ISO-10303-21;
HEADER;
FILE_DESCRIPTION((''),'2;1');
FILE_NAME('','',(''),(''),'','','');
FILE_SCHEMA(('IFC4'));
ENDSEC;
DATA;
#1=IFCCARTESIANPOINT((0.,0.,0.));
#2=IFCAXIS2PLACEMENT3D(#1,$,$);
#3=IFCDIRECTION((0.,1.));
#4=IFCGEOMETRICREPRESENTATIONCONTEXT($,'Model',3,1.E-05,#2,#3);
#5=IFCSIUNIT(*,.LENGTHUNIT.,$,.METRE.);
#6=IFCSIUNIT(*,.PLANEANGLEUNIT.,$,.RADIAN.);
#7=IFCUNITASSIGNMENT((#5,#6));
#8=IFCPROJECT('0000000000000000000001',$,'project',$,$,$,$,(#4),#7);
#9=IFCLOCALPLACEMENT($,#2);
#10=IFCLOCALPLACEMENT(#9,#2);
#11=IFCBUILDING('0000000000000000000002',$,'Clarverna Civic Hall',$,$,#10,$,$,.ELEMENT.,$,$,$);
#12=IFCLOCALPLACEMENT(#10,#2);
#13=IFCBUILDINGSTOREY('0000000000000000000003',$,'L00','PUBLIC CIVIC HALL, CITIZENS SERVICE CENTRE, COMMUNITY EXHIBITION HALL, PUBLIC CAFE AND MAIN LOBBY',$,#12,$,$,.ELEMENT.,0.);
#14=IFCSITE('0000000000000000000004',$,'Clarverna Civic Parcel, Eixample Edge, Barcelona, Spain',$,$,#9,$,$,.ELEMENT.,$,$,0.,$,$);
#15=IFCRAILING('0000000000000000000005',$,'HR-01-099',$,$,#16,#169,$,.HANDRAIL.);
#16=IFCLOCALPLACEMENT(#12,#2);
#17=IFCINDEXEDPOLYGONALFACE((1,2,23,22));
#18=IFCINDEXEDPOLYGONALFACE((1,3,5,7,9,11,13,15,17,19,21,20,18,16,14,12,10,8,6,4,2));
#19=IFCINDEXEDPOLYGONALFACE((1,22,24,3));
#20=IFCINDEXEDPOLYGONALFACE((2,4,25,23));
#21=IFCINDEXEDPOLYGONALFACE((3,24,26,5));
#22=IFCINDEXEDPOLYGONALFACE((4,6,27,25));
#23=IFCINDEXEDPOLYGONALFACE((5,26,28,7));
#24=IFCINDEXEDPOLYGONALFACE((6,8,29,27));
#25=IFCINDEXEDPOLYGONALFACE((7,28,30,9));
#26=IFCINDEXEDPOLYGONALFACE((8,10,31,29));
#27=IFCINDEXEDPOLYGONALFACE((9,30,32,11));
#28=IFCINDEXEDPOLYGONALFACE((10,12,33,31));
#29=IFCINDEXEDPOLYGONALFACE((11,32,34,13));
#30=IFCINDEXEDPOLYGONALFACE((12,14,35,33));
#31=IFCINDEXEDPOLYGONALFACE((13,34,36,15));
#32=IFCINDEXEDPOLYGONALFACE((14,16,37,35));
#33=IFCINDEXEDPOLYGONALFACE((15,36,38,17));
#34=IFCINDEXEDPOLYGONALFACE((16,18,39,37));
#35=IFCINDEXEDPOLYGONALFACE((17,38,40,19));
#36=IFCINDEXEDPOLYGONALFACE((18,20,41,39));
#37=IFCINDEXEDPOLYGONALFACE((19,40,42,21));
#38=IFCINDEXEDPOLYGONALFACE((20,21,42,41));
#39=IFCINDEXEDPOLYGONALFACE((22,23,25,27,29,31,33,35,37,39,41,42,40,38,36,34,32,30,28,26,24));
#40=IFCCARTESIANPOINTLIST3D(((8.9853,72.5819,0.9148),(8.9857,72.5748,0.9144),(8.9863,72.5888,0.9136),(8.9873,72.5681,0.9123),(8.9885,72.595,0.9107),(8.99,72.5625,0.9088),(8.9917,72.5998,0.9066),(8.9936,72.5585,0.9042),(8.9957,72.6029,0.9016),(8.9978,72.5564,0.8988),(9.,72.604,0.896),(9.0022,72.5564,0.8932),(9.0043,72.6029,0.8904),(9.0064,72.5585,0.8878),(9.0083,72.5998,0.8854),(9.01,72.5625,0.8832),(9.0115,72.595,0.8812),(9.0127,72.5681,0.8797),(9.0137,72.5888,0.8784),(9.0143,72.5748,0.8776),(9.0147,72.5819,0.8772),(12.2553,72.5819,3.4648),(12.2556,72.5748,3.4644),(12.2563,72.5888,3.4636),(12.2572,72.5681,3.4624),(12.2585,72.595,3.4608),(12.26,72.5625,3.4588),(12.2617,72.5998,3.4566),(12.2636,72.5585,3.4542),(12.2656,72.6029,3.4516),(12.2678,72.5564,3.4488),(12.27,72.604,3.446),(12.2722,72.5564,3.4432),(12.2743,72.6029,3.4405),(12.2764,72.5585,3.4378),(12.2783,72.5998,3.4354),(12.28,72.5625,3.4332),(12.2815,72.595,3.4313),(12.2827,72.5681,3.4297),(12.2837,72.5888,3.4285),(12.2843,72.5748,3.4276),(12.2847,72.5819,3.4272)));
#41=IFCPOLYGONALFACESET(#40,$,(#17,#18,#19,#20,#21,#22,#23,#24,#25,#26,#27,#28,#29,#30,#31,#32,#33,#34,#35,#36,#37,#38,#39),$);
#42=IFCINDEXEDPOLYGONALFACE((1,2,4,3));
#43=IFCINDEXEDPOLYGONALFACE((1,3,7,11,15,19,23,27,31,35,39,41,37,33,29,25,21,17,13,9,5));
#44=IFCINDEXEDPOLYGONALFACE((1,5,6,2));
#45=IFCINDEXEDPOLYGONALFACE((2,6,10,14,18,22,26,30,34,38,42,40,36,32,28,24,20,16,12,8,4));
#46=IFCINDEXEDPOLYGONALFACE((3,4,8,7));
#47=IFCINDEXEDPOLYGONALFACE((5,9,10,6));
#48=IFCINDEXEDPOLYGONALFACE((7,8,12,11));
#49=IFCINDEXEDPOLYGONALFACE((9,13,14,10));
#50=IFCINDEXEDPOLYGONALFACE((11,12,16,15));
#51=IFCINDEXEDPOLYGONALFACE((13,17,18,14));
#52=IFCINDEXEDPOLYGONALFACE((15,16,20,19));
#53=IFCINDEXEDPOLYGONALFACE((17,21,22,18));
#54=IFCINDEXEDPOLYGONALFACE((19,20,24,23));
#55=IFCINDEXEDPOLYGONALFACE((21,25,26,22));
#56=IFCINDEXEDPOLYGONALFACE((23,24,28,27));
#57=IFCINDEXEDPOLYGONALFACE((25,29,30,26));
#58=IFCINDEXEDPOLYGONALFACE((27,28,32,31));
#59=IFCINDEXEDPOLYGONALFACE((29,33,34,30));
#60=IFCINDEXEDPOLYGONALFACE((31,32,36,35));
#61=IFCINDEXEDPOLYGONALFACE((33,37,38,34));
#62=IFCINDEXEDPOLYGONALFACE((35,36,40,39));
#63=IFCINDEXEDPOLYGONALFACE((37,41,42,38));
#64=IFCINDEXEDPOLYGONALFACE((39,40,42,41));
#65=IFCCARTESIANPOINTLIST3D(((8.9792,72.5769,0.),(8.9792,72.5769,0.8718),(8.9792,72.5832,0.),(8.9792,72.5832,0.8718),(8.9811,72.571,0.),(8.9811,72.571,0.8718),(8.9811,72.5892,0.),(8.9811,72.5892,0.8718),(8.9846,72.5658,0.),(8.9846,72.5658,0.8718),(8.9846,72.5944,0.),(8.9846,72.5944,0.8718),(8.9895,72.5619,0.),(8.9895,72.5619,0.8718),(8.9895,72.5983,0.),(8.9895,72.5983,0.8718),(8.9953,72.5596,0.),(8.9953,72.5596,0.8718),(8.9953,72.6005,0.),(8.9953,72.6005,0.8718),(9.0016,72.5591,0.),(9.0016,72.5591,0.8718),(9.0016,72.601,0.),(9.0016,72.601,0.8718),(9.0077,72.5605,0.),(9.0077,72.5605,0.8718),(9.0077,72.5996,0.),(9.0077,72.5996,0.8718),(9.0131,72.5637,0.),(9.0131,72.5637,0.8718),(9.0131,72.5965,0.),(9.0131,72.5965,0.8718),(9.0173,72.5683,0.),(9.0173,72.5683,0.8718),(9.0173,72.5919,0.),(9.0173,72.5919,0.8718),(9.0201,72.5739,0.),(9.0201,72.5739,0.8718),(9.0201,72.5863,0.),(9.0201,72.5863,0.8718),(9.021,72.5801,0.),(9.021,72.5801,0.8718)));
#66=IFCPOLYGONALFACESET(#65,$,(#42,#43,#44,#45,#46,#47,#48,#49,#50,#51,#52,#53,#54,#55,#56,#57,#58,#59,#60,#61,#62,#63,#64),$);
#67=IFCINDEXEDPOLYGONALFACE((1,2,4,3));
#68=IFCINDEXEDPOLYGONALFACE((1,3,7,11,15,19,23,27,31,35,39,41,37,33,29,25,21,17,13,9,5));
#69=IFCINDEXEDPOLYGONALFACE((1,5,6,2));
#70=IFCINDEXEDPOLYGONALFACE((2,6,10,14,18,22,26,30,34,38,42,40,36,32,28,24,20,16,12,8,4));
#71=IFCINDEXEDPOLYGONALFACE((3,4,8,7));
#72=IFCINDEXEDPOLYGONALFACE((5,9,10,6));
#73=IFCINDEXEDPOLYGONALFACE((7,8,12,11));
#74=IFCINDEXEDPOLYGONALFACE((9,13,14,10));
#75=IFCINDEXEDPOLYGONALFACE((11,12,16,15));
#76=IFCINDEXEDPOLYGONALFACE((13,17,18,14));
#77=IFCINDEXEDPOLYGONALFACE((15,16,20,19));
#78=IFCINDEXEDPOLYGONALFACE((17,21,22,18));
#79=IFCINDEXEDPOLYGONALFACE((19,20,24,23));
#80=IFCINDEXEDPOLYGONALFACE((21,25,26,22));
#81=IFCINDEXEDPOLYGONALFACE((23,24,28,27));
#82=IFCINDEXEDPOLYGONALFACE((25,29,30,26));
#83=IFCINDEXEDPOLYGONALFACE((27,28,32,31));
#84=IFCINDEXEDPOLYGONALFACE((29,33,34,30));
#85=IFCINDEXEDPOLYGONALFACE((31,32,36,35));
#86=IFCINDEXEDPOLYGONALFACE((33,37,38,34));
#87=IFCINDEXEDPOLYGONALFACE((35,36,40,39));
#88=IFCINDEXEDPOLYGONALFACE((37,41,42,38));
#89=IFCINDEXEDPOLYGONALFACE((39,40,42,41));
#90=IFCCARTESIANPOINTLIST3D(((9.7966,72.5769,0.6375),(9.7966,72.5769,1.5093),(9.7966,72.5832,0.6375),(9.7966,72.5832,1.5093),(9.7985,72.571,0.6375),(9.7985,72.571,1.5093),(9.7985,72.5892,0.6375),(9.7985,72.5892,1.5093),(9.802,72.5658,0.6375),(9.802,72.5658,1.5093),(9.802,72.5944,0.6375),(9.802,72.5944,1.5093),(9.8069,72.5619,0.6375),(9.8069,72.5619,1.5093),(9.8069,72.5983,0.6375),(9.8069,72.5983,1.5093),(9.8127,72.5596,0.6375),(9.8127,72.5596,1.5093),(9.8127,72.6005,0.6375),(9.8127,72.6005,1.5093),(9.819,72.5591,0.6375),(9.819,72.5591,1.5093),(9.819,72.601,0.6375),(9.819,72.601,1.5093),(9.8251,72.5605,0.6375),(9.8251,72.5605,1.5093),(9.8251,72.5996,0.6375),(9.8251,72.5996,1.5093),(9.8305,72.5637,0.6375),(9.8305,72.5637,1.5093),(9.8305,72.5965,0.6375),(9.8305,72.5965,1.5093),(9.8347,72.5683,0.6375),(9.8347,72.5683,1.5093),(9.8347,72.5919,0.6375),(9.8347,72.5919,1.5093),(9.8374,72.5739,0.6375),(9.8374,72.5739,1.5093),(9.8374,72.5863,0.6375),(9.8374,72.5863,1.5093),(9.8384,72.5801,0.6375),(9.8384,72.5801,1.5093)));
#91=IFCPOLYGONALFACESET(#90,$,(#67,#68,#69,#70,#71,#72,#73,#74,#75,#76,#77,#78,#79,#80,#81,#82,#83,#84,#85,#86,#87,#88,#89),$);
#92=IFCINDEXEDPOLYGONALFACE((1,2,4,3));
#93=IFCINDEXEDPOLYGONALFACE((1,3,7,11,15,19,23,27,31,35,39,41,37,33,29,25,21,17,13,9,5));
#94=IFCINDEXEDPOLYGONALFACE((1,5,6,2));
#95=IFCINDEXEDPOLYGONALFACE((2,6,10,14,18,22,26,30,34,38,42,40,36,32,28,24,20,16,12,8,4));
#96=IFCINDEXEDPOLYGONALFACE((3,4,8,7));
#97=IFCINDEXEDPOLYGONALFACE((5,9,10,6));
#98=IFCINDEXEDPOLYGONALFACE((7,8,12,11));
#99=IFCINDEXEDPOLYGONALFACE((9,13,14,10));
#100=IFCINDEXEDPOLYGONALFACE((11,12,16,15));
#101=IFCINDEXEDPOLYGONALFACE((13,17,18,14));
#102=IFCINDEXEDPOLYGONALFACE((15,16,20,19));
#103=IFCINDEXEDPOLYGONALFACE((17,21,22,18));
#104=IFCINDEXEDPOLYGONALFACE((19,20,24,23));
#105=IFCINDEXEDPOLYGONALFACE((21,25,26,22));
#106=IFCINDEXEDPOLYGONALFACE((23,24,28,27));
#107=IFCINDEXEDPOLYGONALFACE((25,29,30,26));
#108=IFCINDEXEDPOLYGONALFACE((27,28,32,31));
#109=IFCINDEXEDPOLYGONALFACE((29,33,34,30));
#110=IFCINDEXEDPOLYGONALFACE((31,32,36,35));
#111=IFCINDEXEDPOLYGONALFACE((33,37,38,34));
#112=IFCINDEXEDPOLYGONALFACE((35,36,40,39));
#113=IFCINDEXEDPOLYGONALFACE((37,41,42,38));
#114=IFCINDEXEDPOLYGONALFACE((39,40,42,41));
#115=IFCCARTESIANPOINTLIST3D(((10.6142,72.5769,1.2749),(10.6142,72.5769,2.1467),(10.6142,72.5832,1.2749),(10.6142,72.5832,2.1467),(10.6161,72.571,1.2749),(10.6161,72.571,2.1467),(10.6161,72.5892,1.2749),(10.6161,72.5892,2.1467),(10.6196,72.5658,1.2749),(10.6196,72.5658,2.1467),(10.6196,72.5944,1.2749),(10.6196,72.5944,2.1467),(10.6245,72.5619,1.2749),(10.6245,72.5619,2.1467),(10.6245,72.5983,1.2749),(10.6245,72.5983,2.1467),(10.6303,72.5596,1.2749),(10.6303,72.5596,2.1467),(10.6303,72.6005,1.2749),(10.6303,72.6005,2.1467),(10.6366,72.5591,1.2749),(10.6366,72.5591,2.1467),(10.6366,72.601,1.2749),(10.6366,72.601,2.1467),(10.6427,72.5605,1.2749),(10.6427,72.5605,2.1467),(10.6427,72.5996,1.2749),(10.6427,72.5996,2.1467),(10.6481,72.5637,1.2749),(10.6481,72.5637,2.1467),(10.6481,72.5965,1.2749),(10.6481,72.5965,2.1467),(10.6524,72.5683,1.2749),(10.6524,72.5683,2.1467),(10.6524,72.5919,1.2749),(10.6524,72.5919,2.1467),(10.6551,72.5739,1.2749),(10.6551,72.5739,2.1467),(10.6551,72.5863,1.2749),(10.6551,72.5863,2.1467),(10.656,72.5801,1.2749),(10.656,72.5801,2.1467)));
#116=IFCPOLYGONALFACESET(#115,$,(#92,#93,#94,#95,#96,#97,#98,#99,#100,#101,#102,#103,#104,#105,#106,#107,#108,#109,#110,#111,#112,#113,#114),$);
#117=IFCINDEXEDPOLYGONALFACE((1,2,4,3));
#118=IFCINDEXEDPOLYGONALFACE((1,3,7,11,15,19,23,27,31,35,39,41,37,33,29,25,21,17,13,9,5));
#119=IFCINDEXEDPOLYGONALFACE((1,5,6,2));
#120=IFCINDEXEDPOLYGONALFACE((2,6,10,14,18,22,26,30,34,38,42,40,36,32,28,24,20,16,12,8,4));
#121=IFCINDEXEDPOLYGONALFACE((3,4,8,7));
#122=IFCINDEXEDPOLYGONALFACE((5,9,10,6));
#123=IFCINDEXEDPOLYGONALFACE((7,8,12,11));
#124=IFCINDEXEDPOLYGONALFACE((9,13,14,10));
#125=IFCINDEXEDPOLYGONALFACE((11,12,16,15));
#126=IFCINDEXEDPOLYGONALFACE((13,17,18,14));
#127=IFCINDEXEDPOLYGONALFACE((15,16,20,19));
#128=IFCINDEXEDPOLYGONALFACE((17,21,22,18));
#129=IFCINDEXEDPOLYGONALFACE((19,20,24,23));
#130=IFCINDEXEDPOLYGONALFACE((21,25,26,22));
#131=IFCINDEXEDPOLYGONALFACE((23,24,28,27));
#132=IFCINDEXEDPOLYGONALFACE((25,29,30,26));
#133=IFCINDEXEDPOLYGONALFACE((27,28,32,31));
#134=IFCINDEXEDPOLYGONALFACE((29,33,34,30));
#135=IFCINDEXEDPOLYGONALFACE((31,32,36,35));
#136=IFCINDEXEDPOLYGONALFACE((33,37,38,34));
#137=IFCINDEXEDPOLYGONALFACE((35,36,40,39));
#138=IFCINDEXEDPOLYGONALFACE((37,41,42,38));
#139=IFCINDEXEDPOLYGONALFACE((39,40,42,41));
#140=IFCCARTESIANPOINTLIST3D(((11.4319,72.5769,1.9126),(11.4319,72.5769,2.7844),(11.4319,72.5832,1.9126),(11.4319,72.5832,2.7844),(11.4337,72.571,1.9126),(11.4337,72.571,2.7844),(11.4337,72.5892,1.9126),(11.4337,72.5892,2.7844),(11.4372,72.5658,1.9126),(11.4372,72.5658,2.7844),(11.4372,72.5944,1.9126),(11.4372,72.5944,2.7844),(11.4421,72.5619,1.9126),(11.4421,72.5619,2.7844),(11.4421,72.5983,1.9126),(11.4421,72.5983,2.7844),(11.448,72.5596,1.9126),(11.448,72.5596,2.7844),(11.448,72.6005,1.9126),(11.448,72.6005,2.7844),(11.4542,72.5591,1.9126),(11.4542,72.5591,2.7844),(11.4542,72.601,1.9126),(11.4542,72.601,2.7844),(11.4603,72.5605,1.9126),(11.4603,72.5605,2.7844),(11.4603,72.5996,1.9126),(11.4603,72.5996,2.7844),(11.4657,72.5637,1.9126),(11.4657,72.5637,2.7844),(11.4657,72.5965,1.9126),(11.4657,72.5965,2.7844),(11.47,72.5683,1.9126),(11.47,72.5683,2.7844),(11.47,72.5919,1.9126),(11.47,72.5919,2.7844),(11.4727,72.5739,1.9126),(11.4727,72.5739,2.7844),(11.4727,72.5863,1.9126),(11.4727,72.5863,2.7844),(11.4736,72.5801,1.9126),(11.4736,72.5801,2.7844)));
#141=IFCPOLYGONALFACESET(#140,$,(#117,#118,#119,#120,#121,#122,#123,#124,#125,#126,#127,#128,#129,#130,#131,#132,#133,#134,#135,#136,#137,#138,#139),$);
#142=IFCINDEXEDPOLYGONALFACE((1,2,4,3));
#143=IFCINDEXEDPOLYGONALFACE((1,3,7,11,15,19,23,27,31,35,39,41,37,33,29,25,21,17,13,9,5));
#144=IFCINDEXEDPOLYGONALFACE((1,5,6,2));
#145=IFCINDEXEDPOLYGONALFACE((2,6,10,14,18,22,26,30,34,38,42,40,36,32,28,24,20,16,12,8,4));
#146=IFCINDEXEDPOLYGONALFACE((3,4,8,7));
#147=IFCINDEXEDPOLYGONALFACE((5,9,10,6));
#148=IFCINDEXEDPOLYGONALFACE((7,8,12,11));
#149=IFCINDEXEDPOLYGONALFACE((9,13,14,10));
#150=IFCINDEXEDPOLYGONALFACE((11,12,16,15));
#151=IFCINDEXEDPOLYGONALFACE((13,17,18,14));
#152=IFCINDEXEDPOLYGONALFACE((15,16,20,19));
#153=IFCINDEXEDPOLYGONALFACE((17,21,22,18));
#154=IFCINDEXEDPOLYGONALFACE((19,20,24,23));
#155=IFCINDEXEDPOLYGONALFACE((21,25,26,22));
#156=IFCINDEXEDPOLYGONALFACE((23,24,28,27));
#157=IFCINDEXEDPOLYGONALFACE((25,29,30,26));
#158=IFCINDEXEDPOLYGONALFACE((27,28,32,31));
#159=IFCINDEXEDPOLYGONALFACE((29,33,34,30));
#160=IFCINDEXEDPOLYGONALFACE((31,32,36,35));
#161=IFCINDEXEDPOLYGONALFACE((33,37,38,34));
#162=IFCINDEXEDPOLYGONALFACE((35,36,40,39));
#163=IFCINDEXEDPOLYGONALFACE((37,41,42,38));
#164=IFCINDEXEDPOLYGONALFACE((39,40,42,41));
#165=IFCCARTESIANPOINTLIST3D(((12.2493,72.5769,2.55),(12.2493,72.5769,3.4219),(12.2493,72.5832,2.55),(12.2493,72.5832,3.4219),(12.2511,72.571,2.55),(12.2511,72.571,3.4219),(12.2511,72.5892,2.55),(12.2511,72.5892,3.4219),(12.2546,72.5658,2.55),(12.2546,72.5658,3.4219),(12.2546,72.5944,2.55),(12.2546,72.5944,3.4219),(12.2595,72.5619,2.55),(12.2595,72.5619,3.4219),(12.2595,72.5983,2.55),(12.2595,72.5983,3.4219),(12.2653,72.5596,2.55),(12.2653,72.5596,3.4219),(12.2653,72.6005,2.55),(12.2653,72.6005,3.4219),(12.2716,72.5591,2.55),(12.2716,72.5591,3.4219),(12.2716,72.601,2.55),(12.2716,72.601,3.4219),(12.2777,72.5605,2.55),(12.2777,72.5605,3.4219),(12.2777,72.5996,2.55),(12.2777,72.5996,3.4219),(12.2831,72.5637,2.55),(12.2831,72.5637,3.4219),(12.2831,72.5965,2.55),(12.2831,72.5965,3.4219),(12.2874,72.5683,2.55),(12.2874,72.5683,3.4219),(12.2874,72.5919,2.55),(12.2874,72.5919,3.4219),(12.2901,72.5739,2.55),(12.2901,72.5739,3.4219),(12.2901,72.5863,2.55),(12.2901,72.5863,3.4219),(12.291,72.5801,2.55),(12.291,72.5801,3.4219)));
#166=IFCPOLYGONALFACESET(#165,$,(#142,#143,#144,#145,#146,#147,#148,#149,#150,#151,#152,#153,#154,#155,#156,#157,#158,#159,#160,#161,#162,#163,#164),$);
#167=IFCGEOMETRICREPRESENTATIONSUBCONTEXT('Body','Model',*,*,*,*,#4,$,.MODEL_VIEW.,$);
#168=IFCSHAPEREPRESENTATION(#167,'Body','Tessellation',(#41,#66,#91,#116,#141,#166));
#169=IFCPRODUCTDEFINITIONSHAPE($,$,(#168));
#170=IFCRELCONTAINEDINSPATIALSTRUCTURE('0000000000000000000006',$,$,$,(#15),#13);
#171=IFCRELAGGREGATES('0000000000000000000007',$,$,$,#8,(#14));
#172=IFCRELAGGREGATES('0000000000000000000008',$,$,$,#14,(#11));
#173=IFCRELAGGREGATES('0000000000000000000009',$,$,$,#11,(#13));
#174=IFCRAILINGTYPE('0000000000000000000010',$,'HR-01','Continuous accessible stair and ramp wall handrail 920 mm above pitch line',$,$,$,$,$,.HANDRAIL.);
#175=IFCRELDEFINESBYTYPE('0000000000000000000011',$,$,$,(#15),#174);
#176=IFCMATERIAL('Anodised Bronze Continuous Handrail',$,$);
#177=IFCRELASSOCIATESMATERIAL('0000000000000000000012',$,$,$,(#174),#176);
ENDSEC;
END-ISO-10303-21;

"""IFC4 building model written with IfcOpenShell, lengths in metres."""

from ifc_helpers import new_model, si_unit, direction, frame, origin, origin_2d, place, context, subcontext, project, spatial, circle, extrude, material, type_object, element, save


model = new_model("IFC4")

# Units and contexts
model_context = context("Model", 3, precision=1e-05, world=origin(), true_north=direction((0.0, 1.0)))
body_context = subcontext(model_context, "Body", "Model", "MODEL_VIEW")
ifc_project = project(units=[si_unit("LENGTHUNIT", "METRE"), si_unit("PLANEANGLEUNIT", "RADIAN")], contexts=[model_context])

# Site, building, storey
site_placement = place(None, origin())
site = spatial("IfcSite", under=ifc_project, at=site_placement, Name="Clarverna Civic Parcel, Eixample Edge, Barcelona, Spain", CompositionType="ELEMENT", RefElevation=0.0)
building_placement = place(site_placement, origin())
building = spatial("IfcBuilding", under=site, at=building_placement, Name="Clarverna Civic Hall", CompositionType="ELEMENT")
storey_placement = place(building_placement, origin())
storey = spatial("IfcBuildingStorey", under=building, at=storey_placement, Name="L00", Description="PUBLIC CIVIC HALL, CITIZENS SERVICE CENTRE, COMMUNITY EXHIBITION HALL, PUBLIC CAFE AND MAIN LOBBY", CompositionType="ELEMENT", Elevation=0.0)

# Railing
ifc_material_1 = material(Name="Anodised Bronze Continuous Handrail")
railing_type_1 = type_object("IfcRailingType", Name="HR-01", Description="Continuous accessible stair and ramp wall handrail 920 mm above pitch line", PredefinedType="HANDRAIL", material=ifc_material_1)
railing_1_placement = place(storey_placement, frame((9.0, 72.5801, 0.0)))
element("IfcRailing", 1, at=railing_1_placement, inside=storey, type_object=railing_type_1, Name="HR-01-099", PredefinedType="HANDRAIL", context=body_context, shape_type="SweptSolid", body=[
    extrude(circle(Radius=0.0239, at=origin_2d()), frame((0.0, 0.0, 0.896), z_axis=(0.788569, 0.0, 0.614947), x_axis=(0.0, 1.0, 0.0)), (0.0, 0.0, 1.0), 4.1467),
    extrude(circle(Radius=0.021, at=origin_2d()), origin(), (0.0, 0.0, 1.0), 0.8718),
    extrude(circle(Radius=0.021, at=origin_2d()), frame((0.8174, 0.0, 0.6375)), (0.0, 0.0, 1.0), 0.8718),
    extrude(circle(Radius=0.021, at=origin_2d()), frame((1.635, 0.0, 1.2749)), (0.0, 0.0, 1.0), 0.8718),
    extrude(circle(Radius=0.021, at=origin_2d()), frame((2.4526, 0.0, 1.9126)), (0.0, 0.0, 1.0), 0.8718),
    extrude(circle(Radius=0.021, at=origin_2d()), frame((3.27, 0.0, 2.55)), (0.0, 0.0, 1.0), 0.8718),
])

save(model, "model.ifc")
